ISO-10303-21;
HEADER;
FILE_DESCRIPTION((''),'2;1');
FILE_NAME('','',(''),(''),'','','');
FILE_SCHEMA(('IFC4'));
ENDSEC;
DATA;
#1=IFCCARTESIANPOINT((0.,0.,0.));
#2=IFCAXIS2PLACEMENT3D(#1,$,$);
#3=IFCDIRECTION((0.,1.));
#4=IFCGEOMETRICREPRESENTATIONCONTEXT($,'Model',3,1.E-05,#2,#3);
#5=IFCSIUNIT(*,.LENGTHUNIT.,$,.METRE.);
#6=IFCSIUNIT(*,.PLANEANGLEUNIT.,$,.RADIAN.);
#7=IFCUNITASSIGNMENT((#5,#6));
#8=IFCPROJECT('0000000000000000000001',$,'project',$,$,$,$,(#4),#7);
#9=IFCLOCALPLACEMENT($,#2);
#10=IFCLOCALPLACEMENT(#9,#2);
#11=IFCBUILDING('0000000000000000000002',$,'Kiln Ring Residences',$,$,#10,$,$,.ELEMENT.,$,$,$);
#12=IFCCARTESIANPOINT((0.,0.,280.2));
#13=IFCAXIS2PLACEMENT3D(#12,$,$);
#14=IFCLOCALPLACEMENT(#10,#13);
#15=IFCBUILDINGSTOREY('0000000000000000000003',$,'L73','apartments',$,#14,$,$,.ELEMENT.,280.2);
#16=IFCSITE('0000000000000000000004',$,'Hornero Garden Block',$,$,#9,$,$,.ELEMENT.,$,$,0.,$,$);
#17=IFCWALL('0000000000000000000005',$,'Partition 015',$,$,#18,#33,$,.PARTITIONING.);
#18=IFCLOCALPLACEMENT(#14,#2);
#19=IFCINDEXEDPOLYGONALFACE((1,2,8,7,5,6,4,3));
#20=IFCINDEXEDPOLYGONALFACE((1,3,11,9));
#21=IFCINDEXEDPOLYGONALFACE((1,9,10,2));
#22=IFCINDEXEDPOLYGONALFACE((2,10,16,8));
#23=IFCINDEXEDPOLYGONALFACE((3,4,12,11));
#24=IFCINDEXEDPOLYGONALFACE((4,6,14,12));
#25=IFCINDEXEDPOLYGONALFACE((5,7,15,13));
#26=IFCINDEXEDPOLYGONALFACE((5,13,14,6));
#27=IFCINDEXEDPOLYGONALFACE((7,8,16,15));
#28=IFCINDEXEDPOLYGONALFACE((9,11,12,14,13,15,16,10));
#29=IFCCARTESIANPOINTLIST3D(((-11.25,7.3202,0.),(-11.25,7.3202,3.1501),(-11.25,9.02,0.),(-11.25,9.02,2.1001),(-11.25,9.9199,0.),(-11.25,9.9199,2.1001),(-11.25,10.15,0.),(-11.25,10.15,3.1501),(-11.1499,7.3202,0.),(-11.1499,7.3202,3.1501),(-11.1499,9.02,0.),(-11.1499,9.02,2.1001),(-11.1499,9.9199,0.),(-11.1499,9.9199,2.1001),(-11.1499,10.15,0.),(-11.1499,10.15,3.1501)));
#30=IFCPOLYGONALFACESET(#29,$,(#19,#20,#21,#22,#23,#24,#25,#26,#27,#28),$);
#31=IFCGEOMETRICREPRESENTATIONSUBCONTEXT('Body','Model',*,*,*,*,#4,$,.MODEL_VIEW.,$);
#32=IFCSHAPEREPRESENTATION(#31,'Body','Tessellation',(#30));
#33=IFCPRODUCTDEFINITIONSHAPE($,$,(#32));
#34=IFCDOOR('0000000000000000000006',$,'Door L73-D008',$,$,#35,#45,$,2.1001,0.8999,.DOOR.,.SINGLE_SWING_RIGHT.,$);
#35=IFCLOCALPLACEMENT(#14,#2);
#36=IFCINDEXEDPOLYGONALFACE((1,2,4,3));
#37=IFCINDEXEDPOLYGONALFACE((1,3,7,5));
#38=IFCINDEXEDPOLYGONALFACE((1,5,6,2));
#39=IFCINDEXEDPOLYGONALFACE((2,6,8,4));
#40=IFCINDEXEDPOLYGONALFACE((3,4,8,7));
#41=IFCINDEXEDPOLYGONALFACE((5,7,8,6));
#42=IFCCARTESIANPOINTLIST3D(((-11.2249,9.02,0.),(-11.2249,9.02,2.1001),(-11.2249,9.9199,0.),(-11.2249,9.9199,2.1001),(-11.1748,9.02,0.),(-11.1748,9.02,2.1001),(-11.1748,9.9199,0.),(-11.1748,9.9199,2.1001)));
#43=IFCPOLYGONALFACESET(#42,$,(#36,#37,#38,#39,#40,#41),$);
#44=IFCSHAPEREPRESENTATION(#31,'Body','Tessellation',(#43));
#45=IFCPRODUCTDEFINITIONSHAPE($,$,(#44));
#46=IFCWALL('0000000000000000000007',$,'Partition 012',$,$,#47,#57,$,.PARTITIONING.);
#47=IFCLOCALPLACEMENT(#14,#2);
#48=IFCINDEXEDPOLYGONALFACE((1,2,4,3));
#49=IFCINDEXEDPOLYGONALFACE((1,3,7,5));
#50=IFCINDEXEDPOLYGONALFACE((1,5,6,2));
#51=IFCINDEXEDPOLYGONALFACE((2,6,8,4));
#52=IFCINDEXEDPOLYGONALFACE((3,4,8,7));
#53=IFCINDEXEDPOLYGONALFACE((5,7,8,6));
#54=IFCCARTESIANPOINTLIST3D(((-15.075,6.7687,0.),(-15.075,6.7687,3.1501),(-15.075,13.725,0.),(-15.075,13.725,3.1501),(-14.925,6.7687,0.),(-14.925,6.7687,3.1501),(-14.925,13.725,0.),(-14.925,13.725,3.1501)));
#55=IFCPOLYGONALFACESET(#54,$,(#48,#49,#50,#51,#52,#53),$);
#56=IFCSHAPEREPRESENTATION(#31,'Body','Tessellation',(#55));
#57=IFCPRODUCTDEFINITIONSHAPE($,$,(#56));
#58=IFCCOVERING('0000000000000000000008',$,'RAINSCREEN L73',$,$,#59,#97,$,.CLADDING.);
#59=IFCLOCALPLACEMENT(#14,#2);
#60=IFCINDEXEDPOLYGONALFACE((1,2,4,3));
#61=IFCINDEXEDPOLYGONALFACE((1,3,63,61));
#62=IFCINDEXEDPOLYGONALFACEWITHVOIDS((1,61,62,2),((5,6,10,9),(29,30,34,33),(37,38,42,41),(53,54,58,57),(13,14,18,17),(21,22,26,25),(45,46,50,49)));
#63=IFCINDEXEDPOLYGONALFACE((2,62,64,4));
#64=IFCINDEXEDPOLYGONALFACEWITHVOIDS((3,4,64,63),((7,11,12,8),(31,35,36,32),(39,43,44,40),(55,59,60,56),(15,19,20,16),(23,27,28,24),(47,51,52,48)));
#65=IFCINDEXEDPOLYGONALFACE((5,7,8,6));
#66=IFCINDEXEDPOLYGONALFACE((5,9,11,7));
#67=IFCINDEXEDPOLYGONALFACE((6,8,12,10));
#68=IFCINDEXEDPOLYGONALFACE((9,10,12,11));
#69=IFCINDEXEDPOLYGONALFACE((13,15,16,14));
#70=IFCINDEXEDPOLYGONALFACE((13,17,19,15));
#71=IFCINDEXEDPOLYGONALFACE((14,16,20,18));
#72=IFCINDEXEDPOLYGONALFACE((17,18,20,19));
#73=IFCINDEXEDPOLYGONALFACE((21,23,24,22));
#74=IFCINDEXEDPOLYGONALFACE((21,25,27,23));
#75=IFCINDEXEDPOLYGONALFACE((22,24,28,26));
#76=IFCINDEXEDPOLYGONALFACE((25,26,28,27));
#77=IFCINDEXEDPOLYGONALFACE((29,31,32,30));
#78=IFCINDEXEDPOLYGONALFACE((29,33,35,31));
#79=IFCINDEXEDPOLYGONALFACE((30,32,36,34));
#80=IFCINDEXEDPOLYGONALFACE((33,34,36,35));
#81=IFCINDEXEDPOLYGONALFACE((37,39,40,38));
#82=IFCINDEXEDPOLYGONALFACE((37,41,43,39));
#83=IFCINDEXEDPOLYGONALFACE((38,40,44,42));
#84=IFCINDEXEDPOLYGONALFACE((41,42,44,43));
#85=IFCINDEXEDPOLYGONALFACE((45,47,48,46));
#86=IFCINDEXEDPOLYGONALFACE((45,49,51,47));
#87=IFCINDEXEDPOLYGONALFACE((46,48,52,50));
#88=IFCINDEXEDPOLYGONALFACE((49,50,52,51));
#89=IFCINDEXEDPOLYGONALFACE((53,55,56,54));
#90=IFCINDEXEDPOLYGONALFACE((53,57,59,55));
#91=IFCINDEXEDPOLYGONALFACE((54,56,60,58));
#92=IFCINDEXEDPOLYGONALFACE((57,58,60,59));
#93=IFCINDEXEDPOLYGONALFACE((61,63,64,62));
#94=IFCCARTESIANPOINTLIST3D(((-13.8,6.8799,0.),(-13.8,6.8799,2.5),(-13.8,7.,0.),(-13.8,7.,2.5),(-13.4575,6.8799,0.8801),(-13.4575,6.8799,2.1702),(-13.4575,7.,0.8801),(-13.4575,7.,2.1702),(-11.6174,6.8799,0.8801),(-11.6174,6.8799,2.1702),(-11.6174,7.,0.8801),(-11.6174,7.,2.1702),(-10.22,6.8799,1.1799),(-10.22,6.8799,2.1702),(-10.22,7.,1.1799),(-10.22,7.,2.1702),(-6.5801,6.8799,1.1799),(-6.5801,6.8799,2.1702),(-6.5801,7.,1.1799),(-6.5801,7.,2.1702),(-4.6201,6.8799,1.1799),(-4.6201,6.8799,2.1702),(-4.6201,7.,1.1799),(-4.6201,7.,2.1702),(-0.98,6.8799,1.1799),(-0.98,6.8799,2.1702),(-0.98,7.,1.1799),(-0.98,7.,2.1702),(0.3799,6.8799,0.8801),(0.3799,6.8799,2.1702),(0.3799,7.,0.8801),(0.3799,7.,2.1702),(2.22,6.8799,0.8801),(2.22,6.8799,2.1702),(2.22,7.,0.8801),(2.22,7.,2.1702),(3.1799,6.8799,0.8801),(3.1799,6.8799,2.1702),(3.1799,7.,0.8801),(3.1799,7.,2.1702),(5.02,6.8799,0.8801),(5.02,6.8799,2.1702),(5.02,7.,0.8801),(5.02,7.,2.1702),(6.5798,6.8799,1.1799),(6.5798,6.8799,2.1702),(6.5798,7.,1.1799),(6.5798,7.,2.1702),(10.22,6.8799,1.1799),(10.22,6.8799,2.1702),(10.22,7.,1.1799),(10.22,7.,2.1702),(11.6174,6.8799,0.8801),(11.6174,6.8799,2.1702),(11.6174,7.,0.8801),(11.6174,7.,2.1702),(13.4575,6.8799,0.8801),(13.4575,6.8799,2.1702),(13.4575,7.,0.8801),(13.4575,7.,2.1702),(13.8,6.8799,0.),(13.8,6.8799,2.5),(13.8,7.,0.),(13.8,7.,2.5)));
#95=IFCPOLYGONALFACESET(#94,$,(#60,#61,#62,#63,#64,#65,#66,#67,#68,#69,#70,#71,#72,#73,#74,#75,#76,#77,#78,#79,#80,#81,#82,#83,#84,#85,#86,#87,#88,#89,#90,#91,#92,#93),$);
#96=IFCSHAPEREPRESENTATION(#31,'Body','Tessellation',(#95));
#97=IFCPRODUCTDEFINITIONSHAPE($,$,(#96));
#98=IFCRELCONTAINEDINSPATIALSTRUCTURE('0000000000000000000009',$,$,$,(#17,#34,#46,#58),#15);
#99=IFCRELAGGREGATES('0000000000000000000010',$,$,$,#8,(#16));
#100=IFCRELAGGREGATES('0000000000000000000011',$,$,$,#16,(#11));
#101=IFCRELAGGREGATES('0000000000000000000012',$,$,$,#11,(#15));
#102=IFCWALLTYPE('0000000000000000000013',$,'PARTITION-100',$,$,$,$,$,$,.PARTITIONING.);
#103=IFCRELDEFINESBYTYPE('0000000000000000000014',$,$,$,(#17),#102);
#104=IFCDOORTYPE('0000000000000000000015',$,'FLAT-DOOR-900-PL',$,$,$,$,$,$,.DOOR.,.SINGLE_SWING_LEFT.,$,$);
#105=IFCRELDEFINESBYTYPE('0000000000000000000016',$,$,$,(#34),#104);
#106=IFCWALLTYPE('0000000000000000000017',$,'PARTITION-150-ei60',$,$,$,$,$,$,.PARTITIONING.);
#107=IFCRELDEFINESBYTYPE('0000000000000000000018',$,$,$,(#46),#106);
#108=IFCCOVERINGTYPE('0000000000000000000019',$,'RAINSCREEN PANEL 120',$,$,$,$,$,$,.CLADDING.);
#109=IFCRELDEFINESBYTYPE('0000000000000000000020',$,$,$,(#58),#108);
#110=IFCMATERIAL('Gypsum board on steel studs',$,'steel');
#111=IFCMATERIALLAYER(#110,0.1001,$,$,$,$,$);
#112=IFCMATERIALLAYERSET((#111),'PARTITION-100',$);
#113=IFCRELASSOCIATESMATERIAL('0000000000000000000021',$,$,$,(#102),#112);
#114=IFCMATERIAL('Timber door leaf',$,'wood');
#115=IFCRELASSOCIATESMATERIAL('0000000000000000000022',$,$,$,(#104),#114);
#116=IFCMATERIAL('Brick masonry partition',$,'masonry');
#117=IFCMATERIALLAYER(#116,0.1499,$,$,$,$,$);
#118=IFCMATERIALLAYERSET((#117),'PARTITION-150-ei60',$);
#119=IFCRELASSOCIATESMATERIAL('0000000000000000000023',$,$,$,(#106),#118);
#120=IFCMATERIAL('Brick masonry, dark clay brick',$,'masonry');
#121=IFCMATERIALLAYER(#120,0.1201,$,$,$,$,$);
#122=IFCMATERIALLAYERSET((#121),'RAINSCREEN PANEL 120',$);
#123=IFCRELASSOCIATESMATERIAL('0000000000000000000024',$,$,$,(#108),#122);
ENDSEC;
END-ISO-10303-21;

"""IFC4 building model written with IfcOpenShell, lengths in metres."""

from ifc_helpers import new_model, si_unit, direction, frame, frame_2d, origin, place, context, subcontext, project, spatial, polyline, rectangle, outline, extrude, material, layer, layer_set, type_object, element, fill, save


model = new_model("IFC4")

# Units and contexts
model_context = context("Model", 3, precision=1e-05, world=origin(), true_north=direction((0.0, 1.0)))
body_context = subcontext(model_context, "Body", "Model", "MODEL_VIEW")
ifc_project = project(units=[si_unit("LENGTHUNIT", "METRE"), si_unit("PLANEANGLEUNIT", "RADIAN")], contexts=[model_context])

# Site, building, storey
site_placement = place(None, origin())
site = spatial("IfcSite", under=ifc_project, at=site_placement, Name="Hornero Garden Block", CompositionType="ELEMENT", RefElevation=0.0)
building_placement = place(site_placement, origin())
building = spatial("IfcBuilding", under=site, at=building_placement, Name="Kiln Ring Residences", CompositionType="ELEMENT")
storey_placement = place(building_placement, frame((0.0, 0.0, 280.2)))
storey = spatial("IfcBuildingStorey", under=building, at=storey_placement, Name="L73", Description="apartments", CompositionType="ELEMENT", Elevation=280.2)

# Wall, opening, door
ifc_material_1 = material(Name="Gypsum board on steel studs", Category="steel")
ifc_layer_1 = layer(ifc_material_1, 0.1001)
ifc_layer_set_1 = layer_set([ifc_layer_1], Name="PARTITION-100")
wall_type_1 = type_object("IfcWallType", Name="PARTITION-100", PredefinedType="PARTITIONING", material=ifc_layer_set_1)
wall_1_placement = place(storey_placement, frame((-11.2, 7.3201, 0.0), z_axis=(0.0, 0.0, 1.0), x_axis=(0.0, 1.0, 0.0)))
wall_1 = element("IfcWall", 1, at=wall_1_placement, inside=storey, type_object=wall_type_1, Name="Partition 015", PredefinedType="PARTITIONING", context=body_context, shape_type="SweptSolid", body=[
    extrude(rectangle(XDim=2.8298, YDim=0.1001, at=frame_2d((1.415, 0.0))), origin(), (0.0, 0.0, 1.0), 3.1501),
])
opening_1_placement = place(wall_1_placement, frame((1.7, 0.0, 0.0)))
opening_1 = element("IfcOpeningElement", 2, at=opening_1_placement, cuts=wall_1, PredefinedType="OPENING", context=body_context, shape_type="SweptSolid", body=[
    extrude(rectangle(XDim=0.8999, YDim=2.1001, at=frame_2d((0.45, 1.05))), frame((0.0, 0.0601, 0.0), z_axis=(0.0, -1.0, 0.0), x_axis=(1.0, 0.0, 0.0)), (0.0, 0.0, 1.0), 0.1201),
])
ifc_material_2 = material(Name="Timber door leaf", Category="wood")
door_type = type_object("IfcDoorType", Name="FLAT-DOOR-900-PL", OperationType="SINGLE_SWING_LEFT", PredefinedType="DOOR", material=ifc_material_2)
door_placement = place(opening_1_placement, origin())
door = element("IfcDoor", 3, at=door_placement, inside=storey, type_object=door_type, Name="Door L73-D008", OperationType="SINGLE_SWING_RIGHT", OverallHeight=2.1001, OverallWidth=0.8999, PredefinedType="DOOR", context=body_context, shape_type="SweptSolid", body=[
    extrude(rectangle(XDim=0.8999, YDim=2.1001, at=frame_2d((0.45, 1.05))), frame((0.0, 0.0249, 0.0), z_axis=(0.0, -1.0, 0.0), x_axis=(1.0, 0.0, 0.0)), (0.0, 0.0, 1.0), 0.05),
])
fill(opening_1, door)

# Wall
ifc_material_3 = material(Name="Brick masonry partition", Category="masonry")
ifc_layer_2 = layer(ifc_material_3, 0.1499)
ifc_layer_set_2 = layer_set([ifc_layer_2], Name="PARTITION-150-ei60")
wall_type_2 = type_object("IfcWallType", Name="PARTITION-150-ei60", PredefinedType="PARTITIONING", material=ifc_layer_set_2)
wall_2_placement = place(storey_placement, frame((-15.0, 6.7688, 0.0), z_axis=(0.0, 0.0, 1.0), x_axis=(0.0, 1.0, 0.0)))
element("IfcWall", 4, at=wall_2_placement, inside=storey, type_object=wall_type_2, Name="Partition 012", PredefinedType="PARTITIONING", context=body_context, shape_type="SweptSolid", body=[
    extrude(rectangle(XDim=6.9563, YDim=0.1499, at=frame_2d((3.478, 0.0))), origin(), (0.0, 0.0, 1.0), 3.1501),
])

# Covering
ifc_material_4 = material(Name="Brick masonry, dark clay brick", Category="masonry")
ifc_layer_3 = layer(ifc_material_4, 0.1201)
ifc_layer_set_3 = layer_set([ifc_layer_3], Name="RAINSCREEN PANEL 120")
covering_type = type_object("IfcCoveringType", Name="RAINSCREEN PANEL 120", PredefinedType="CLADDING", material=ifc_layer_set_3)
covering_placement = place(storey_placement, frame((-13.8, 6.9399, 0.0), z_axis=(0.0, 0.0, 1.0), x_axis=(1.0, 0.0, 0.0)))
element("IfcCovering", 5, at=covering_placement, inside=storey, type_object=covering_type, Name="RAINSCREEN L73", PredefinedType="CLADDING", context=body_context, shape_type="SweptSolid", body=[
    extrude(outline(polyline([(0.0, 0.0), (27.6001, 0.0), (27.6001, 2.5), (0.0, 2.5), (0.0, 0.0)]), holes=[polyline([(2.1826, 0.8801), (2.1826, 2.1702), (0.3425, 2.1702), (0.3425, 0.8801), (2.1826, 0.8801)]), polyline([(14.1799, 0.8801), (16.02, 0.8801), (16.02, 2.1702), (14.1799, 2.1702), (14.1799, 0.8801)]), polyline([(16.98, 0.8801), (18.8201, 0.8801), (18.8201, 2.1702), (16.98, 2.1702), (16.98, 0.8801)]), polyline([(25.4175, 0.8801), (27.2576, 0.8801), (27.2576, 2.1702), (25.4175, 2.1702), (25.4175, 0.8801)]), polyline([(3.5801, 1.1799), (7.22, 1.1799), (7.22, 2.1702), (3.5801, 2.1702), (3.5801, 1.1799)]), polyline([(9.1799, 1.1799), (12.8201, 1.1799), (12.8201, 2.1702), (9.1799, 2.1702), (9.1799, 1.1799)]), polyline([(20.3799, 1.1799), (24.02, 1.1799), (24.02, 2.1702), (20.3799, 2.1702), (20.3799, 1.1799)])]), frame((0.0, 0.0601, 0.0), z_axis=(0.0, -1.0, 0.0), x_axis=(1.0, 0.0, 0.0)), (0.0, 0.0, 1.0), 0.1201),
])

save(model, "model.ifc")
